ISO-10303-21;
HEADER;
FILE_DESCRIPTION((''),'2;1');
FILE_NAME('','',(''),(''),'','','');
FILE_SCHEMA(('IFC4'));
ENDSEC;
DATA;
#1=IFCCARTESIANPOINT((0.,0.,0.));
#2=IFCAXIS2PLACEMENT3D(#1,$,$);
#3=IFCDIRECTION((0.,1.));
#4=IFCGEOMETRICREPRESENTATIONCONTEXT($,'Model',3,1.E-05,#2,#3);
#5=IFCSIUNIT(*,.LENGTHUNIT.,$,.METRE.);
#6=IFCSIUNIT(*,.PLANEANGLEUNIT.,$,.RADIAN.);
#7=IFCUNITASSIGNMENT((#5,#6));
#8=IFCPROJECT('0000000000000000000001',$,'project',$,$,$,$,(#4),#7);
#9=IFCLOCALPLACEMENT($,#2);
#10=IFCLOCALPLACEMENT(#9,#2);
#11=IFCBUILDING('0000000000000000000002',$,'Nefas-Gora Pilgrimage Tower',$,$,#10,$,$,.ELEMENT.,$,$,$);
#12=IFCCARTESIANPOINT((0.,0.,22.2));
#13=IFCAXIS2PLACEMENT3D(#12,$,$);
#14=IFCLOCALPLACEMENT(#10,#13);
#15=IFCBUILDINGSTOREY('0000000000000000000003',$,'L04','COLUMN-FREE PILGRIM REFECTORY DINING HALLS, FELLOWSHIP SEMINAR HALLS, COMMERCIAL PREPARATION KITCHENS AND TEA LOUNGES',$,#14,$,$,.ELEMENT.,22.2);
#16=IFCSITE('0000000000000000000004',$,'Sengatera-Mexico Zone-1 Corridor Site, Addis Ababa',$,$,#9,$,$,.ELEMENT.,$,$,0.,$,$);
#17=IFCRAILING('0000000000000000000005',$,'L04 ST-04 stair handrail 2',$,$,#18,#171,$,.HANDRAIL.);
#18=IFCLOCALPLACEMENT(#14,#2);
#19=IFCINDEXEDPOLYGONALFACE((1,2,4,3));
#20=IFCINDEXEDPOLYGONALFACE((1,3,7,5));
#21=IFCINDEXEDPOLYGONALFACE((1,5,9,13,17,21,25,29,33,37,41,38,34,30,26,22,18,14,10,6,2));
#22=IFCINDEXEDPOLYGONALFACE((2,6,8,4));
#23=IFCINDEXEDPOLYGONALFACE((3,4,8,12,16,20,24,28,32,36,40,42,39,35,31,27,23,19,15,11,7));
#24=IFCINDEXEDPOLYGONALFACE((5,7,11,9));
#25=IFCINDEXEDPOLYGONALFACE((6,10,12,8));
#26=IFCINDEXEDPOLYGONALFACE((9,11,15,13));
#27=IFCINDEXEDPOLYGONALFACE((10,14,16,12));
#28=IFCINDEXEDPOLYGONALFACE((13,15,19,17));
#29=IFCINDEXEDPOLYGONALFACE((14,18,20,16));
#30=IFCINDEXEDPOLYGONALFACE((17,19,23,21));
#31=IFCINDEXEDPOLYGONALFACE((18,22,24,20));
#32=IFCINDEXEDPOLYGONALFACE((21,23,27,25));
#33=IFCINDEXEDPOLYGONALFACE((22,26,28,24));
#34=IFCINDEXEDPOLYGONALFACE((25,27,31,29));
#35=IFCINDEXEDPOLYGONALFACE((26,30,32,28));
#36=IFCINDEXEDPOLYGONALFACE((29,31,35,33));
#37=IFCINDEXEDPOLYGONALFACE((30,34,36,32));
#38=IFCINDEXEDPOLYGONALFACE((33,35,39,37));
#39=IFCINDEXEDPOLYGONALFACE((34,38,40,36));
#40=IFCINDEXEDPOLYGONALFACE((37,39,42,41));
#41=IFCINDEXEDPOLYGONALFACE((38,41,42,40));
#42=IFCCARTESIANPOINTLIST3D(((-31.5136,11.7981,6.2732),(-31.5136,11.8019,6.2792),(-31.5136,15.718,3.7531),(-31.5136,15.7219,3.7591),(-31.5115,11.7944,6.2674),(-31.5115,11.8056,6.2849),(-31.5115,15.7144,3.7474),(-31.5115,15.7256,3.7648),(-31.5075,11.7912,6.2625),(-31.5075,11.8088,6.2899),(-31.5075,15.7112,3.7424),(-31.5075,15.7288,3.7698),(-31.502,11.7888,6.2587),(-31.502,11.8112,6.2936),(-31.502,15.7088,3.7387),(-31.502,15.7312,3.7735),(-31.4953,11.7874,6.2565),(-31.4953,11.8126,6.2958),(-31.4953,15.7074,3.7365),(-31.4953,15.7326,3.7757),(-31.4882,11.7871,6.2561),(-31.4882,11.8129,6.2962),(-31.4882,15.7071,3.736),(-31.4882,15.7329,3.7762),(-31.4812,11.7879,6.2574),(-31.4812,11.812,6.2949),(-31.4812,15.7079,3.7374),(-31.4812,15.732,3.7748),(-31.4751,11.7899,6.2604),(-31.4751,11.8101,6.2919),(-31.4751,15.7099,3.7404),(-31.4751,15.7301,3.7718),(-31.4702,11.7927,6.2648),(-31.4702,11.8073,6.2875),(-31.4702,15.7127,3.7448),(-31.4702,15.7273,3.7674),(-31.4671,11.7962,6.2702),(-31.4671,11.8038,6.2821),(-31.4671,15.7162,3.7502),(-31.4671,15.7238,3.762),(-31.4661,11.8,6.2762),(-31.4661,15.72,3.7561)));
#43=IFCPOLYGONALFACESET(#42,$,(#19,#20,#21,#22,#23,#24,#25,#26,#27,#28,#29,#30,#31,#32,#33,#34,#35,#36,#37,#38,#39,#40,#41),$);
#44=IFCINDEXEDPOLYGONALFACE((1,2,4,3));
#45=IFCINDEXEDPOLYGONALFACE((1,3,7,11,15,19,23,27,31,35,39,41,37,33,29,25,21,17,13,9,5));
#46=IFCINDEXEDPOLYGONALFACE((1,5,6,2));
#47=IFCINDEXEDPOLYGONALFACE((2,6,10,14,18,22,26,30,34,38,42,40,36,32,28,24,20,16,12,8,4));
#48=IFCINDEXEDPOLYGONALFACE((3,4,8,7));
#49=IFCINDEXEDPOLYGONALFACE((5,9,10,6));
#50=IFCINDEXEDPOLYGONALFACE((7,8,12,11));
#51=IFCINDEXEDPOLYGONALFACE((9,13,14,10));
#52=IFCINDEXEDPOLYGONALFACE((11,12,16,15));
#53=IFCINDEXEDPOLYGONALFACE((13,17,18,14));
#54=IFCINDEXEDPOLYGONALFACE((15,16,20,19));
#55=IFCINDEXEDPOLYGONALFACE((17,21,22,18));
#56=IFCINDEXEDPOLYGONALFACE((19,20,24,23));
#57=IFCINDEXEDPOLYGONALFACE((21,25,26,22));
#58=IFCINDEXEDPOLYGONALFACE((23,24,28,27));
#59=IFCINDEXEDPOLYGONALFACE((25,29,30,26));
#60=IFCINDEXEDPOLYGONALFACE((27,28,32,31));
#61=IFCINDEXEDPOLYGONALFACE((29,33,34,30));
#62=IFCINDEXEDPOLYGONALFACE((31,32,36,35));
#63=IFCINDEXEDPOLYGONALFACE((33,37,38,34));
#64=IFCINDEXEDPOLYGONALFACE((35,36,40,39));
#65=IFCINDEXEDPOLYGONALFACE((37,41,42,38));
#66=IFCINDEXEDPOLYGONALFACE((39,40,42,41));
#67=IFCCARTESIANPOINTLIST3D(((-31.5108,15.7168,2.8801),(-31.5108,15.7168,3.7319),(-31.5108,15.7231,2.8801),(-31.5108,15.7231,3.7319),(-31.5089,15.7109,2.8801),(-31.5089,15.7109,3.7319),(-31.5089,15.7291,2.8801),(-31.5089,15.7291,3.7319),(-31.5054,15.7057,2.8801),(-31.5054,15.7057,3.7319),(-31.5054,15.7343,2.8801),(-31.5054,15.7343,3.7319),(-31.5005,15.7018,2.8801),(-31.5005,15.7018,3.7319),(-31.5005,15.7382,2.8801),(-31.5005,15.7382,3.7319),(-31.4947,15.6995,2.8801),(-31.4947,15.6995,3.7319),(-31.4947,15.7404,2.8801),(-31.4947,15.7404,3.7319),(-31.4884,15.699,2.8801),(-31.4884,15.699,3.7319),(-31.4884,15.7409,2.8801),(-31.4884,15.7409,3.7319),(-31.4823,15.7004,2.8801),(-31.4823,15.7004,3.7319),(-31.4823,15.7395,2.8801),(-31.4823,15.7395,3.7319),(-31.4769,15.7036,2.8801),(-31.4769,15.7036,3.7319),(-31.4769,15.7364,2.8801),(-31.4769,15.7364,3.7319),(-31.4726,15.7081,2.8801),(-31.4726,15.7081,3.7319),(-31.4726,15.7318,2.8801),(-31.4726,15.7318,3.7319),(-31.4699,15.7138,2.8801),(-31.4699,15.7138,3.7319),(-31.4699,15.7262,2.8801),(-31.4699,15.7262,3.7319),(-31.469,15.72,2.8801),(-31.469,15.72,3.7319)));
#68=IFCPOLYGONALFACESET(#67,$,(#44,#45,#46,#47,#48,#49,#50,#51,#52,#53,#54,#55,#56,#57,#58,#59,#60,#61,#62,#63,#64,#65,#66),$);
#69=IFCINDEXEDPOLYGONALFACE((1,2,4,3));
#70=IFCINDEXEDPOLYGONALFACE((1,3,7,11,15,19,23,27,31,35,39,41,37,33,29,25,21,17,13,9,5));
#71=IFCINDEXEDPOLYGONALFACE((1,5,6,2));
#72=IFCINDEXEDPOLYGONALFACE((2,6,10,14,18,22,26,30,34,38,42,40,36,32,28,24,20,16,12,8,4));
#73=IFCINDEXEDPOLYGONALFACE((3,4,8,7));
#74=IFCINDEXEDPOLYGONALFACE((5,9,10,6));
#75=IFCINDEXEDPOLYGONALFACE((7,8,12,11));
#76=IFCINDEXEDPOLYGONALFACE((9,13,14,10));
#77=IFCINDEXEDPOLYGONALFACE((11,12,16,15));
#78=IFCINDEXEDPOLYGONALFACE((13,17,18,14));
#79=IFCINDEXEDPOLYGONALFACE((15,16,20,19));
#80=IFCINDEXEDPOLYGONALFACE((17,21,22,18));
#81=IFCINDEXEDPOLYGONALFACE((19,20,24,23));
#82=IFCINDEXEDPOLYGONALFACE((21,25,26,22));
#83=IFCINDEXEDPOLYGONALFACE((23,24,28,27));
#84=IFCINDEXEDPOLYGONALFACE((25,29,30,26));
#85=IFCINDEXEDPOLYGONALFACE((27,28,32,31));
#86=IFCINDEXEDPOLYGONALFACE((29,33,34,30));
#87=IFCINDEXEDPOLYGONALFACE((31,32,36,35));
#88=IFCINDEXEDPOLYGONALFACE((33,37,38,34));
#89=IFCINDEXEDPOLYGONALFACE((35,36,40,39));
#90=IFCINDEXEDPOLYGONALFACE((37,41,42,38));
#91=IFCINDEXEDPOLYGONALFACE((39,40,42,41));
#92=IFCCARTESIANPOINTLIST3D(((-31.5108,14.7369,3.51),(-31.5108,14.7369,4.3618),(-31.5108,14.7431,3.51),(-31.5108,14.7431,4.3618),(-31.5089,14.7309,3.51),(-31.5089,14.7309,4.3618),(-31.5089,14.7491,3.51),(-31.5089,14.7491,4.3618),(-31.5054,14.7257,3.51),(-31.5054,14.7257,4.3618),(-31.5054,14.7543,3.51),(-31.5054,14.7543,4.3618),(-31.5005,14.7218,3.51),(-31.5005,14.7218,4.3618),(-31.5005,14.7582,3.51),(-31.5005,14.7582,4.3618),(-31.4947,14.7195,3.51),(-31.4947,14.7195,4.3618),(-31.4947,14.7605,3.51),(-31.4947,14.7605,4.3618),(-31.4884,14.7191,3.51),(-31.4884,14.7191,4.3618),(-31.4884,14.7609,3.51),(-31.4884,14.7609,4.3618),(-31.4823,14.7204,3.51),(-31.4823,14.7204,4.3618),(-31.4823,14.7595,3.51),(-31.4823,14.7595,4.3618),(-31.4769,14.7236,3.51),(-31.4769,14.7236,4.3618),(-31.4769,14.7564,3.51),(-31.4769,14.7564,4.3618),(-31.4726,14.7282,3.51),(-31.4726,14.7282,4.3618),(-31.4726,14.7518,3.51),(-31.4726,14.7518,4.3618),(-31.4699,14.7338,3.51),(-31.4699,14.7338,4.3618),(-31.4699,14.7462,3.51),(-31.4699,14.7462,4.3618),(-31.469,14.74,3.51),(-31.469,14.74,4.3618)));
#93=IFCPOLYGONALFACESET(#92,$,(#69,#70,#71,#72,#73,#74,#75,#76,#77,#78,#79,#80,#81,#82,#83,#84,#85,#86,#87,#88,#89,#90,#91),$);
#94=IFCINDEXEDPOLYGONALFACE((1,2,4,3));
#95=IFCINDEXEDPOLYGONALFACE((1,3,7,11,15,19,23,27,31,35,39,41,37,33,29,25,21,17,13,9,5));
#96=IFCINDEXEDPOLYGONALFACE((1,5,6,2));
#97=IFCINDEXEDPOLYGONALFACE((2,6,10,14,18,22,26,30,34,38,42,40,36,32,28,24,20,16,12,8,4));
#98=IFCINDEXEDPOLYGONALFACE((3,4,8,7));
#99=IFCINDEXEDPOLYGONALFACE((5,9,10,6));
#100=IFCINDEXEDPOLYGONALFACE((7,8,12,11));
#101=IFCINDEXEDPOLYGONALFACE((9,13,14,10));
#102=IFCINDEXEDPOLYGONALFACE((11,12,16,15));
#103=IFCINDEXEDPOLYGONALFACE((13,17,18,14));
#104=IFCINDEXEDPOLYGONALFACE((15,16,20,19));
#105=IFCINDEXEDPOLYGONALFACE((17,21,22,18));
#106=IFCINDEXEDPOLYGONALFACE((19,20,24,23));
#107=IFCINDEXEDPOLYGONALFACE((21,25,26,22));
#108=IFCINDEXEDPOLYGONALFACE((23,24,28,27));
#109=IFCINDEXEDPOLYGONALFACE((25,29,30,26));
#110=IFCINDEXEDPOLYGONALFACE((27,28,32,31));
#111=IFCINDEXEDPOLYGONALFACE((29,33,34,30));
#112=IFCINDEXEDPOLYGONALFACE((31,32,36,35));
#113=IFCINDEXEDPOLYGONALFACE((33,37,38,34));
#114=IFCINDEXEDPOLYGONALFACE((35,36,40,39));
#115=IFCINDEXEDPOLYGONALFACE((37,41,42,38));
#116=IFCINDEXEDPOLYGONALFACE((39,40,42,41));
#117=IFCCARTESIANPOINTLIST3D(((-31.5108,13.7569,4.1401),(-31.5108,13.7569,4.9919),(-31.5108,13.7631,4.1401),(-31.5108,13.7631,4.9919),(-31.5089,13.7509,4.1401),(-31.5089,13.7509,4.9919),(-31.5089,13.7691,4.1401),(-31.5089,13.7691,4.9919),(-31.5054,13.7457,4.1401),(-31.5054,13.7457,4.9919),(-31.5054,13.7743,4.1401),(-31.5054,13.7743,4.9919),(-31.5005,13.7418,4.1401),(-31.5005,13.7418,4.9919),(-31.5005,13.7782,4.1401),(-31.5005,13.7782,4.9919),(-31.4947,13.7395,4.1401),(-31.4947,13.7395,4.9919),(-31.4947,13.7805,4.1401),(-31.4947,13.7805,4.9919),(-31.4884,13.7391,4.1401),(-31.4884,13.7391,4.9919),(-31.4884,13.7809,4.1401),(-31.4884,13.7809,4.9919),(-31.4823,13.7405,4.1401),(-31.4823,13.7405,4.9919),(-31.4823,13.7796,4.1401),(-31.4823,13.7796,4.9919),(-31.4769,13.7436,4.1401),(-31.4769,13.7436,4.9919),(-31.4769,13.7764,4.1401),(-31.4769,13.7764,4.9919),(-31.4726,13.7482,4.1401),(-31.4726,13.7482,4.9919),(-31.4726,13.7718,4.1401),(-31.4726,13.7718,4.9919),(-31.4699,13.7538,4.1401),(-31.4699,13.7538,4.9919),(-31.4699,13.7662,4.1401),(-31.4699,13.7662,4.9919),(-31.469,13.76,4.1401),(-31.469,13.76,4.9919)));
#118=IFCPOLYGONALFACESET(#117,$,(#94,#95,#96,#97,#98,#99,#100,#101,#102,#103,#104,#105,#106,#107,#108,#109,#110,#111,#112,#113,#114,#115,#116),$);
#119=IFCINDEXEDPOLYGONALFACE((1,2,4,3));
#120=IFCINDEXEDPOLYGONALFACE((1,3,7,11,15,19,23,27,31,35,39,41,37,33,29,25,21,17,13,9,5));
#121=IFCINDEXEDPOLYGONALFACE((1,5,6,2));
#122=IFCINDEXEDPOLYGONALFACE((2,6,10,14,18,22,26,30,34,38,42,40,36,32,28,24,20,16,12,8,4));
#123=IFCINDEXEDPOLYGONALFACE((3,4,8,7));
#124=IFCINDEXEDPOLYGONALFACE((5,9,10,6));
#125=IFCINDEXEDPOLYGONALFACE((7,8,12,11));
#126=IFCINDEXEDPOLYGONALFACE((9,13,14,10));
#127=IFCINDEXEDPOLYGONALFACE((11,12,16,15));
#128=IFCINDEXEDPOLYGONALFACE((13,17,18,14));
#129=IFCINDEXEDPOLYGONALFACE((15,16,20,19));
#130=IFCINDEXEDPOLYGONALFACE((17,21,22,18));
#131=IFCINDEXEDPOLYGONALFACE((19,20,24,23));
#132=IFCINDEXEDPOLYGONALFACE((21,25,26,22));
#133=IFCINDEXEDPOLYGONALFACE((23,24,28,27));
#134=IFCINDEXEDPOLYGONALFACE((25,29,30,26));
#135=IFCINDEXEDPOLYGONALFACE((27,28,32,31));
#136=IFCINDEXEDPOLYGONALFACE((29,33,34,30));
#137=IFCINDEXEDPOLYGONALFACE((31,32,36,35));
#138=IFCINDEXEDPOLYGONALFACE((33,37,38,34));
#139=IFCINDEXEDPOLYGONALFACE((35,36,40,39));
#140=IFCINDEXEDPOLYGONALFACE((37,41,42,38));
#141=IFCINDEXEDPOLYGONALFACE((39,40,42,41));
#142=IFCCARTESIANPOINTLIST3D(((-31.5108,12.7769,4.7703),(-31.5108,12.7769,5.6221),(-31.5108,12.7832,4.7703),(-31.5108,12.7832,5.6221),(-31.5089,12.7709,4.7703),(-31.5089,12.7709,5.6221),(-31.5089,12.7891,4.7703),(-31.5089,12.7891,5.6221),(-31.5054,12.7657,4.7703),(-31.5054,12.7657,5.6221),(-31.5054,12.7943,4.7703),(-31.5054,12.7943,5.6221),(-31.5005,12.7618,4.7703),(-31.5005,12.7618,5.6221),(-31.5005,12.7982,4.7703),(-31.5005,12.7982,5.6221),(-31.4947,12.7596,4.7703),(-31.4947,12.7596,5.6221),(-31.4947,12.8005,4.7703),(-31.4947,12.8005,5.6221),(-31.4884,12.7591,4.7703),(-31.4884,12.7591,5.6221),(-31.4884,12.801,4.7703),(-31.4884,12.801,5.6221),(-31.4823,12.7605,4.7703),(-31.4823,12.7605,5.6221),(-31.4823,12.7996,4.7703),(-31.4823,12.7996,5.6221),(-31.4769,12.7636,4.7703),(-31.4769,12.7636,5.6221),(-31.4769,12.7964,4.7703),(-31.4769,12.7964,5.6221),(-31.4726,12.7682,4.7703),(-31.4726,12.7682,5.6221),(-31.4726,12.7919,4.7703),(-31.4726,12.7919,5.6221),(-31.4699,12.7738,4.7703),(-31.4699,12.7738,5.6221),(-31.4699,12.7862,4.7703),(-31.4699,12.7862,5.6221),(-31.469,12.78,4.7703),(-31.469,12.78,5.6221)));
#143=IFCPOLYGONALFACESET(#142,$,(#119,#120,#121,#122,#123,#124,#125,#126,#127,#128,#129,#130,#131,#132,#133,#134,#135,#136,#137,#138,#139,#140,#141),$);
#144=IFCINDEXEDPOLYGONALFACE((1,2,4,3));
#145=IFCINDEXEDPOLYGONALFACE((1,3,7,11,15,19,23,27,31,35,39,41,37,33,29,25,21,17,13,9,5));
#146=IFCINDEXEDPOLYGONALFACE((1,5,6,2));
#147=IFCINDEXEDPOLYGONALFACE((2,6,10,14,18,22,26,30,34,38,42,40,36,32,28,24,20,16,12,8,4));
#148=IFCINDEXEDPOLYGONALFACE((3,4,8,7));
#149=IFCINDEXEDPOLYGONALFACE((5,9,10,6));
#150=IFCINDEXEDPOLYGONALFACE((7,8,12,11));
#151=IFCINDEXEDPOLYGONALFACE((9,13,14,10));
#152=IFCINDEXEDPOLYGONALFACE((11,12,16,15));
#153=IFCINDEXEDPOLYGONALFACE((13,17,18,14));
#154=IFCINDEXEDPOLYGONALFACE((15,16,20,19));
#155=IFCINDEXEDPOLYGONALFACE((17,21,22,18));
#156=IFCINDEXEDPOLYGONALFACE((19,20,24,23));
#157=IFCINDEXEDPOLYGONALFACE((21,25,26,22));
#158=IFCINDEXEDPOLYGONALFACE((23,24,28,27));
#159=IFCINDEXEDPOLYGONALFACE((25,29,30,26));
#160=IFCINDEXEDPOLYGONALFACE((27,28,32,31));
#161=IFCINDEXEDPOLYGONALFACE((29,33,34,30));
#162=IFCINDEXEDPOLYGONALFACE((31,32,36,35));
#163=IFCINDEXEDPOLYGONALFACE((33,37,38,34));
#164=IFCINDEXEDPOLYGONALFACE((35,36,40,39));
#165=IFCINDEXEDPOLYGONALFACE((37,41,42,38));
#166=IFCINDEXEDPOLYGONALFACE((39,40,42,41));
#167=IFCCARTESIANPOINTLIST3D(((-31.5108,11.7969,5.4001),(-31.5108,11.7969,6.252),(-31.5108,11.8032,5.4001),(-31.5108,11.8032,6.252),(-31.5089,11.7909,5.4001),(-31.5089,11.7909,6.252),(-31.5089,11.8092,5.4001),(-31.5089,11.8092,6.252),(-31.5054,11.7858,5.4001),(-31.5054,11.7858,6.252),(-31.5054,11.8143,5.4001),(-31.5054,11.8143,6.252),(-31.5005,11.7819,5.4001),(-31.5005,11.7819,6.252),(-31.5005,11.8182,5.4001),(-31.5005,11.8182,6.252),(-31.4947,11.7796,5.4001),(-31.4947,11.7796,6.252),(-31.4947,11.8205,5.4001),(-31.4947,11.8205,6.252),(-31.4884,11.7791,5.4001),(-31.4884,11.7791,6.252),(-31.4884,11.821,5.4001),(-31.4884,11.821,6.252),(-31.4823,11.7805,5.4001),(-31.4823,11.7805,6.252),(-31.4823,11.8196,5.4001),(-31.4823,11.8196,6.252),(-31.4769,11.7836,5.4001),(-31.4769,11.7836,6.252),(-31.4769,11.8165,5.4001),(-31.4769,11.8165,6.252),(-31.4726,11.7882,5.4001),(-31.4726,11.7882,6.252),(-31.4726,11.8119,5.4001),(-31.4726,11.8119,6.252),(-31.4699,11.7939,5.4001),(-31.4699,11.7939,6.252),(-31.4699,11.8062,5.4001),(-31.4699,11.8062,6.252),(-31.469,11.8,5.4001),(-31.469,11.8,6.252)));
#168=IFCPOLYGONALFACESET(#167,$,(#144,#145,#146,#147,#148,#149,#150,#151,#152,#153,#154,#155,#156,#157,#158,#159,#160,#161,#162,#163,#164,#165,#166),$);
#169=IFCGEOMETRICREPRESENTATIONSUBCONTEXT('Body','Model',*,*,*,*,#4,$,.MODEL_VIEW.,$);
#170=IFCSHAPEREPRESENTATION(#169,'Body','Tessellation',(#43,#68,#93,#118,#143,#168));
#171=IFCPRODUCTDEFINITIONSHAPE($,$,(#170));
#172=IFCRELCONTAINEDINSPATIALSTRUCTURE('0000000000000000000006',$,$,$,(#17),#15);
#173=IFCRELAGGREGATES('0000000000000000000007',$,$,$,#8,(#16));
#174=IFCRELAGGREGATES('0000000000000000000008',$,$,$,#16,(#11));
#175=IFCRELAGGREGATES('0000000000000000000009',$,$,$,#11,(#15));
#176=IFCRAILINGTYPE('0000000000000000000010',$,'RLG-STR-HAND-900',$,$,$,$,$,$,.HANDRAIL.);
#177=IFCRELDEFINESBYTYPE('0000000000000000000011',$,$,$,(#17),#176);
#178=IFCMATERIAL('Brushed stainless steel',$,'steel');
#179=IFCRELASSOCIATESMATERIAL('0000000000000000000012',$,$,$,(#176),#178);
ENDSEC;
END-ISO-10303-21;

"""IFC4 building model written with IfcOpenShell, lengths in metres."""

from ifc_helpers import new_model, si_unit, direction, frame, origin, origin_2d, place, context, subcontext, project, spatial, circle, extrude, material, type_object, element, save


model = new_model("IFC4")

# Units and contexts
model_context = context("Model", 3, precision=1e-05, world=origin(), true_north=direction((0.0, 1.0)))
body_context = subcontext(model_context, "Body", "Model", "MODEL_VIEW")
ifc_project = project(units=[si_unit("LENGTHUNIT", "METRE"), si_unit("PLANEANGLEUNIT", "RADIAN")], contexts=[model_context])

# Site, building, storey
site_placement = place(None, origin())
site = spatial("IfcSite", under=ifc_project, at=site_placement, Name="Sengatera-Mexico Zone-1 Corridor Site, Addis Ababa", CompositionType="ELEMENT", RefElevation=0.0)
building_placement = place(site_placement, origin())
building = spatial("IfcBuilding", under=site, at=building_placement, Name="Nefas-Gora Pilgrimage Tower", CompositionType="ELEMENT")
storey_placement = place(building_placement, frame((0.0, 0.0, 22.2)))
storey = spatial("IfcBuildingStorey", under=building, at=storey_placement, Name="L04", Description="COLUMN-FREE PILGRIM REFECTORY DINING HALLS, FELLOWSHIP SEMINAR HALLS, COMMERCIAL PREPARATION KITCHENS AND TEA LOUNGES", CompositionType="ELEMENT", Elevation=22.2)

# Railing
ifc_material_1 = material(Name="Brushed stainless steel", Category="steel")
railing_type_1 = type_object("IfcRailingType", Name="RLG-STR-HAND-900", PredefinedType="HANDRAIL", material=ifc_material_1)
railing_1_placement = place(storey_placement, frame((-31.49, 15.72, 2.8801)))
element("IfcRailing", 1, at=railing_1_placement, inside=storey, type_object=railing_type_1, Name="L04 ST-04 stair handrail 2", PredefinedType="HANDRAIL", context=body_context, shape_type="SweptSolid", body=[
    extrude(circle(Radius=0.0239, at=origin_2d()), frame((0.0, 0.0, 0.876), z_axis=(0.0, -0.841172, 0.540768), x_axis=(1.0, 0.0, 0.0)), (0.0, 0.0, 1.0), 4.6602),
    extrude(circle(Radius=0.021, at=origin_2d()), origin(), (0.0, 0.0, 1.0), 0.8518),
    extrude(circle(Radius=0.021, at=origin_2d()), frame((0.0, -0.98, 0.6299)), (0.0, 0.0, 1.0), 0.8518),
    extrude(circle(Radius=0.021, at=origin_2d()), frame((0.0, -1.96, 1.26)), (0.0, 0.0, 1.0), 0.8518),
    extrude(circle(Radius=0.021, at=origin_2d()), frame((0.0, -2.9399, 1.8901)), (0.0, 0.0, 1.0), 0.8518),
    extrude(circle(Radius=0.021, at=origin_2d()), frame((0.0, -3.9199, 2.52)), (0.0, 0.0, 1.0), 0.8518),
])

save(model, "model.ifc")
